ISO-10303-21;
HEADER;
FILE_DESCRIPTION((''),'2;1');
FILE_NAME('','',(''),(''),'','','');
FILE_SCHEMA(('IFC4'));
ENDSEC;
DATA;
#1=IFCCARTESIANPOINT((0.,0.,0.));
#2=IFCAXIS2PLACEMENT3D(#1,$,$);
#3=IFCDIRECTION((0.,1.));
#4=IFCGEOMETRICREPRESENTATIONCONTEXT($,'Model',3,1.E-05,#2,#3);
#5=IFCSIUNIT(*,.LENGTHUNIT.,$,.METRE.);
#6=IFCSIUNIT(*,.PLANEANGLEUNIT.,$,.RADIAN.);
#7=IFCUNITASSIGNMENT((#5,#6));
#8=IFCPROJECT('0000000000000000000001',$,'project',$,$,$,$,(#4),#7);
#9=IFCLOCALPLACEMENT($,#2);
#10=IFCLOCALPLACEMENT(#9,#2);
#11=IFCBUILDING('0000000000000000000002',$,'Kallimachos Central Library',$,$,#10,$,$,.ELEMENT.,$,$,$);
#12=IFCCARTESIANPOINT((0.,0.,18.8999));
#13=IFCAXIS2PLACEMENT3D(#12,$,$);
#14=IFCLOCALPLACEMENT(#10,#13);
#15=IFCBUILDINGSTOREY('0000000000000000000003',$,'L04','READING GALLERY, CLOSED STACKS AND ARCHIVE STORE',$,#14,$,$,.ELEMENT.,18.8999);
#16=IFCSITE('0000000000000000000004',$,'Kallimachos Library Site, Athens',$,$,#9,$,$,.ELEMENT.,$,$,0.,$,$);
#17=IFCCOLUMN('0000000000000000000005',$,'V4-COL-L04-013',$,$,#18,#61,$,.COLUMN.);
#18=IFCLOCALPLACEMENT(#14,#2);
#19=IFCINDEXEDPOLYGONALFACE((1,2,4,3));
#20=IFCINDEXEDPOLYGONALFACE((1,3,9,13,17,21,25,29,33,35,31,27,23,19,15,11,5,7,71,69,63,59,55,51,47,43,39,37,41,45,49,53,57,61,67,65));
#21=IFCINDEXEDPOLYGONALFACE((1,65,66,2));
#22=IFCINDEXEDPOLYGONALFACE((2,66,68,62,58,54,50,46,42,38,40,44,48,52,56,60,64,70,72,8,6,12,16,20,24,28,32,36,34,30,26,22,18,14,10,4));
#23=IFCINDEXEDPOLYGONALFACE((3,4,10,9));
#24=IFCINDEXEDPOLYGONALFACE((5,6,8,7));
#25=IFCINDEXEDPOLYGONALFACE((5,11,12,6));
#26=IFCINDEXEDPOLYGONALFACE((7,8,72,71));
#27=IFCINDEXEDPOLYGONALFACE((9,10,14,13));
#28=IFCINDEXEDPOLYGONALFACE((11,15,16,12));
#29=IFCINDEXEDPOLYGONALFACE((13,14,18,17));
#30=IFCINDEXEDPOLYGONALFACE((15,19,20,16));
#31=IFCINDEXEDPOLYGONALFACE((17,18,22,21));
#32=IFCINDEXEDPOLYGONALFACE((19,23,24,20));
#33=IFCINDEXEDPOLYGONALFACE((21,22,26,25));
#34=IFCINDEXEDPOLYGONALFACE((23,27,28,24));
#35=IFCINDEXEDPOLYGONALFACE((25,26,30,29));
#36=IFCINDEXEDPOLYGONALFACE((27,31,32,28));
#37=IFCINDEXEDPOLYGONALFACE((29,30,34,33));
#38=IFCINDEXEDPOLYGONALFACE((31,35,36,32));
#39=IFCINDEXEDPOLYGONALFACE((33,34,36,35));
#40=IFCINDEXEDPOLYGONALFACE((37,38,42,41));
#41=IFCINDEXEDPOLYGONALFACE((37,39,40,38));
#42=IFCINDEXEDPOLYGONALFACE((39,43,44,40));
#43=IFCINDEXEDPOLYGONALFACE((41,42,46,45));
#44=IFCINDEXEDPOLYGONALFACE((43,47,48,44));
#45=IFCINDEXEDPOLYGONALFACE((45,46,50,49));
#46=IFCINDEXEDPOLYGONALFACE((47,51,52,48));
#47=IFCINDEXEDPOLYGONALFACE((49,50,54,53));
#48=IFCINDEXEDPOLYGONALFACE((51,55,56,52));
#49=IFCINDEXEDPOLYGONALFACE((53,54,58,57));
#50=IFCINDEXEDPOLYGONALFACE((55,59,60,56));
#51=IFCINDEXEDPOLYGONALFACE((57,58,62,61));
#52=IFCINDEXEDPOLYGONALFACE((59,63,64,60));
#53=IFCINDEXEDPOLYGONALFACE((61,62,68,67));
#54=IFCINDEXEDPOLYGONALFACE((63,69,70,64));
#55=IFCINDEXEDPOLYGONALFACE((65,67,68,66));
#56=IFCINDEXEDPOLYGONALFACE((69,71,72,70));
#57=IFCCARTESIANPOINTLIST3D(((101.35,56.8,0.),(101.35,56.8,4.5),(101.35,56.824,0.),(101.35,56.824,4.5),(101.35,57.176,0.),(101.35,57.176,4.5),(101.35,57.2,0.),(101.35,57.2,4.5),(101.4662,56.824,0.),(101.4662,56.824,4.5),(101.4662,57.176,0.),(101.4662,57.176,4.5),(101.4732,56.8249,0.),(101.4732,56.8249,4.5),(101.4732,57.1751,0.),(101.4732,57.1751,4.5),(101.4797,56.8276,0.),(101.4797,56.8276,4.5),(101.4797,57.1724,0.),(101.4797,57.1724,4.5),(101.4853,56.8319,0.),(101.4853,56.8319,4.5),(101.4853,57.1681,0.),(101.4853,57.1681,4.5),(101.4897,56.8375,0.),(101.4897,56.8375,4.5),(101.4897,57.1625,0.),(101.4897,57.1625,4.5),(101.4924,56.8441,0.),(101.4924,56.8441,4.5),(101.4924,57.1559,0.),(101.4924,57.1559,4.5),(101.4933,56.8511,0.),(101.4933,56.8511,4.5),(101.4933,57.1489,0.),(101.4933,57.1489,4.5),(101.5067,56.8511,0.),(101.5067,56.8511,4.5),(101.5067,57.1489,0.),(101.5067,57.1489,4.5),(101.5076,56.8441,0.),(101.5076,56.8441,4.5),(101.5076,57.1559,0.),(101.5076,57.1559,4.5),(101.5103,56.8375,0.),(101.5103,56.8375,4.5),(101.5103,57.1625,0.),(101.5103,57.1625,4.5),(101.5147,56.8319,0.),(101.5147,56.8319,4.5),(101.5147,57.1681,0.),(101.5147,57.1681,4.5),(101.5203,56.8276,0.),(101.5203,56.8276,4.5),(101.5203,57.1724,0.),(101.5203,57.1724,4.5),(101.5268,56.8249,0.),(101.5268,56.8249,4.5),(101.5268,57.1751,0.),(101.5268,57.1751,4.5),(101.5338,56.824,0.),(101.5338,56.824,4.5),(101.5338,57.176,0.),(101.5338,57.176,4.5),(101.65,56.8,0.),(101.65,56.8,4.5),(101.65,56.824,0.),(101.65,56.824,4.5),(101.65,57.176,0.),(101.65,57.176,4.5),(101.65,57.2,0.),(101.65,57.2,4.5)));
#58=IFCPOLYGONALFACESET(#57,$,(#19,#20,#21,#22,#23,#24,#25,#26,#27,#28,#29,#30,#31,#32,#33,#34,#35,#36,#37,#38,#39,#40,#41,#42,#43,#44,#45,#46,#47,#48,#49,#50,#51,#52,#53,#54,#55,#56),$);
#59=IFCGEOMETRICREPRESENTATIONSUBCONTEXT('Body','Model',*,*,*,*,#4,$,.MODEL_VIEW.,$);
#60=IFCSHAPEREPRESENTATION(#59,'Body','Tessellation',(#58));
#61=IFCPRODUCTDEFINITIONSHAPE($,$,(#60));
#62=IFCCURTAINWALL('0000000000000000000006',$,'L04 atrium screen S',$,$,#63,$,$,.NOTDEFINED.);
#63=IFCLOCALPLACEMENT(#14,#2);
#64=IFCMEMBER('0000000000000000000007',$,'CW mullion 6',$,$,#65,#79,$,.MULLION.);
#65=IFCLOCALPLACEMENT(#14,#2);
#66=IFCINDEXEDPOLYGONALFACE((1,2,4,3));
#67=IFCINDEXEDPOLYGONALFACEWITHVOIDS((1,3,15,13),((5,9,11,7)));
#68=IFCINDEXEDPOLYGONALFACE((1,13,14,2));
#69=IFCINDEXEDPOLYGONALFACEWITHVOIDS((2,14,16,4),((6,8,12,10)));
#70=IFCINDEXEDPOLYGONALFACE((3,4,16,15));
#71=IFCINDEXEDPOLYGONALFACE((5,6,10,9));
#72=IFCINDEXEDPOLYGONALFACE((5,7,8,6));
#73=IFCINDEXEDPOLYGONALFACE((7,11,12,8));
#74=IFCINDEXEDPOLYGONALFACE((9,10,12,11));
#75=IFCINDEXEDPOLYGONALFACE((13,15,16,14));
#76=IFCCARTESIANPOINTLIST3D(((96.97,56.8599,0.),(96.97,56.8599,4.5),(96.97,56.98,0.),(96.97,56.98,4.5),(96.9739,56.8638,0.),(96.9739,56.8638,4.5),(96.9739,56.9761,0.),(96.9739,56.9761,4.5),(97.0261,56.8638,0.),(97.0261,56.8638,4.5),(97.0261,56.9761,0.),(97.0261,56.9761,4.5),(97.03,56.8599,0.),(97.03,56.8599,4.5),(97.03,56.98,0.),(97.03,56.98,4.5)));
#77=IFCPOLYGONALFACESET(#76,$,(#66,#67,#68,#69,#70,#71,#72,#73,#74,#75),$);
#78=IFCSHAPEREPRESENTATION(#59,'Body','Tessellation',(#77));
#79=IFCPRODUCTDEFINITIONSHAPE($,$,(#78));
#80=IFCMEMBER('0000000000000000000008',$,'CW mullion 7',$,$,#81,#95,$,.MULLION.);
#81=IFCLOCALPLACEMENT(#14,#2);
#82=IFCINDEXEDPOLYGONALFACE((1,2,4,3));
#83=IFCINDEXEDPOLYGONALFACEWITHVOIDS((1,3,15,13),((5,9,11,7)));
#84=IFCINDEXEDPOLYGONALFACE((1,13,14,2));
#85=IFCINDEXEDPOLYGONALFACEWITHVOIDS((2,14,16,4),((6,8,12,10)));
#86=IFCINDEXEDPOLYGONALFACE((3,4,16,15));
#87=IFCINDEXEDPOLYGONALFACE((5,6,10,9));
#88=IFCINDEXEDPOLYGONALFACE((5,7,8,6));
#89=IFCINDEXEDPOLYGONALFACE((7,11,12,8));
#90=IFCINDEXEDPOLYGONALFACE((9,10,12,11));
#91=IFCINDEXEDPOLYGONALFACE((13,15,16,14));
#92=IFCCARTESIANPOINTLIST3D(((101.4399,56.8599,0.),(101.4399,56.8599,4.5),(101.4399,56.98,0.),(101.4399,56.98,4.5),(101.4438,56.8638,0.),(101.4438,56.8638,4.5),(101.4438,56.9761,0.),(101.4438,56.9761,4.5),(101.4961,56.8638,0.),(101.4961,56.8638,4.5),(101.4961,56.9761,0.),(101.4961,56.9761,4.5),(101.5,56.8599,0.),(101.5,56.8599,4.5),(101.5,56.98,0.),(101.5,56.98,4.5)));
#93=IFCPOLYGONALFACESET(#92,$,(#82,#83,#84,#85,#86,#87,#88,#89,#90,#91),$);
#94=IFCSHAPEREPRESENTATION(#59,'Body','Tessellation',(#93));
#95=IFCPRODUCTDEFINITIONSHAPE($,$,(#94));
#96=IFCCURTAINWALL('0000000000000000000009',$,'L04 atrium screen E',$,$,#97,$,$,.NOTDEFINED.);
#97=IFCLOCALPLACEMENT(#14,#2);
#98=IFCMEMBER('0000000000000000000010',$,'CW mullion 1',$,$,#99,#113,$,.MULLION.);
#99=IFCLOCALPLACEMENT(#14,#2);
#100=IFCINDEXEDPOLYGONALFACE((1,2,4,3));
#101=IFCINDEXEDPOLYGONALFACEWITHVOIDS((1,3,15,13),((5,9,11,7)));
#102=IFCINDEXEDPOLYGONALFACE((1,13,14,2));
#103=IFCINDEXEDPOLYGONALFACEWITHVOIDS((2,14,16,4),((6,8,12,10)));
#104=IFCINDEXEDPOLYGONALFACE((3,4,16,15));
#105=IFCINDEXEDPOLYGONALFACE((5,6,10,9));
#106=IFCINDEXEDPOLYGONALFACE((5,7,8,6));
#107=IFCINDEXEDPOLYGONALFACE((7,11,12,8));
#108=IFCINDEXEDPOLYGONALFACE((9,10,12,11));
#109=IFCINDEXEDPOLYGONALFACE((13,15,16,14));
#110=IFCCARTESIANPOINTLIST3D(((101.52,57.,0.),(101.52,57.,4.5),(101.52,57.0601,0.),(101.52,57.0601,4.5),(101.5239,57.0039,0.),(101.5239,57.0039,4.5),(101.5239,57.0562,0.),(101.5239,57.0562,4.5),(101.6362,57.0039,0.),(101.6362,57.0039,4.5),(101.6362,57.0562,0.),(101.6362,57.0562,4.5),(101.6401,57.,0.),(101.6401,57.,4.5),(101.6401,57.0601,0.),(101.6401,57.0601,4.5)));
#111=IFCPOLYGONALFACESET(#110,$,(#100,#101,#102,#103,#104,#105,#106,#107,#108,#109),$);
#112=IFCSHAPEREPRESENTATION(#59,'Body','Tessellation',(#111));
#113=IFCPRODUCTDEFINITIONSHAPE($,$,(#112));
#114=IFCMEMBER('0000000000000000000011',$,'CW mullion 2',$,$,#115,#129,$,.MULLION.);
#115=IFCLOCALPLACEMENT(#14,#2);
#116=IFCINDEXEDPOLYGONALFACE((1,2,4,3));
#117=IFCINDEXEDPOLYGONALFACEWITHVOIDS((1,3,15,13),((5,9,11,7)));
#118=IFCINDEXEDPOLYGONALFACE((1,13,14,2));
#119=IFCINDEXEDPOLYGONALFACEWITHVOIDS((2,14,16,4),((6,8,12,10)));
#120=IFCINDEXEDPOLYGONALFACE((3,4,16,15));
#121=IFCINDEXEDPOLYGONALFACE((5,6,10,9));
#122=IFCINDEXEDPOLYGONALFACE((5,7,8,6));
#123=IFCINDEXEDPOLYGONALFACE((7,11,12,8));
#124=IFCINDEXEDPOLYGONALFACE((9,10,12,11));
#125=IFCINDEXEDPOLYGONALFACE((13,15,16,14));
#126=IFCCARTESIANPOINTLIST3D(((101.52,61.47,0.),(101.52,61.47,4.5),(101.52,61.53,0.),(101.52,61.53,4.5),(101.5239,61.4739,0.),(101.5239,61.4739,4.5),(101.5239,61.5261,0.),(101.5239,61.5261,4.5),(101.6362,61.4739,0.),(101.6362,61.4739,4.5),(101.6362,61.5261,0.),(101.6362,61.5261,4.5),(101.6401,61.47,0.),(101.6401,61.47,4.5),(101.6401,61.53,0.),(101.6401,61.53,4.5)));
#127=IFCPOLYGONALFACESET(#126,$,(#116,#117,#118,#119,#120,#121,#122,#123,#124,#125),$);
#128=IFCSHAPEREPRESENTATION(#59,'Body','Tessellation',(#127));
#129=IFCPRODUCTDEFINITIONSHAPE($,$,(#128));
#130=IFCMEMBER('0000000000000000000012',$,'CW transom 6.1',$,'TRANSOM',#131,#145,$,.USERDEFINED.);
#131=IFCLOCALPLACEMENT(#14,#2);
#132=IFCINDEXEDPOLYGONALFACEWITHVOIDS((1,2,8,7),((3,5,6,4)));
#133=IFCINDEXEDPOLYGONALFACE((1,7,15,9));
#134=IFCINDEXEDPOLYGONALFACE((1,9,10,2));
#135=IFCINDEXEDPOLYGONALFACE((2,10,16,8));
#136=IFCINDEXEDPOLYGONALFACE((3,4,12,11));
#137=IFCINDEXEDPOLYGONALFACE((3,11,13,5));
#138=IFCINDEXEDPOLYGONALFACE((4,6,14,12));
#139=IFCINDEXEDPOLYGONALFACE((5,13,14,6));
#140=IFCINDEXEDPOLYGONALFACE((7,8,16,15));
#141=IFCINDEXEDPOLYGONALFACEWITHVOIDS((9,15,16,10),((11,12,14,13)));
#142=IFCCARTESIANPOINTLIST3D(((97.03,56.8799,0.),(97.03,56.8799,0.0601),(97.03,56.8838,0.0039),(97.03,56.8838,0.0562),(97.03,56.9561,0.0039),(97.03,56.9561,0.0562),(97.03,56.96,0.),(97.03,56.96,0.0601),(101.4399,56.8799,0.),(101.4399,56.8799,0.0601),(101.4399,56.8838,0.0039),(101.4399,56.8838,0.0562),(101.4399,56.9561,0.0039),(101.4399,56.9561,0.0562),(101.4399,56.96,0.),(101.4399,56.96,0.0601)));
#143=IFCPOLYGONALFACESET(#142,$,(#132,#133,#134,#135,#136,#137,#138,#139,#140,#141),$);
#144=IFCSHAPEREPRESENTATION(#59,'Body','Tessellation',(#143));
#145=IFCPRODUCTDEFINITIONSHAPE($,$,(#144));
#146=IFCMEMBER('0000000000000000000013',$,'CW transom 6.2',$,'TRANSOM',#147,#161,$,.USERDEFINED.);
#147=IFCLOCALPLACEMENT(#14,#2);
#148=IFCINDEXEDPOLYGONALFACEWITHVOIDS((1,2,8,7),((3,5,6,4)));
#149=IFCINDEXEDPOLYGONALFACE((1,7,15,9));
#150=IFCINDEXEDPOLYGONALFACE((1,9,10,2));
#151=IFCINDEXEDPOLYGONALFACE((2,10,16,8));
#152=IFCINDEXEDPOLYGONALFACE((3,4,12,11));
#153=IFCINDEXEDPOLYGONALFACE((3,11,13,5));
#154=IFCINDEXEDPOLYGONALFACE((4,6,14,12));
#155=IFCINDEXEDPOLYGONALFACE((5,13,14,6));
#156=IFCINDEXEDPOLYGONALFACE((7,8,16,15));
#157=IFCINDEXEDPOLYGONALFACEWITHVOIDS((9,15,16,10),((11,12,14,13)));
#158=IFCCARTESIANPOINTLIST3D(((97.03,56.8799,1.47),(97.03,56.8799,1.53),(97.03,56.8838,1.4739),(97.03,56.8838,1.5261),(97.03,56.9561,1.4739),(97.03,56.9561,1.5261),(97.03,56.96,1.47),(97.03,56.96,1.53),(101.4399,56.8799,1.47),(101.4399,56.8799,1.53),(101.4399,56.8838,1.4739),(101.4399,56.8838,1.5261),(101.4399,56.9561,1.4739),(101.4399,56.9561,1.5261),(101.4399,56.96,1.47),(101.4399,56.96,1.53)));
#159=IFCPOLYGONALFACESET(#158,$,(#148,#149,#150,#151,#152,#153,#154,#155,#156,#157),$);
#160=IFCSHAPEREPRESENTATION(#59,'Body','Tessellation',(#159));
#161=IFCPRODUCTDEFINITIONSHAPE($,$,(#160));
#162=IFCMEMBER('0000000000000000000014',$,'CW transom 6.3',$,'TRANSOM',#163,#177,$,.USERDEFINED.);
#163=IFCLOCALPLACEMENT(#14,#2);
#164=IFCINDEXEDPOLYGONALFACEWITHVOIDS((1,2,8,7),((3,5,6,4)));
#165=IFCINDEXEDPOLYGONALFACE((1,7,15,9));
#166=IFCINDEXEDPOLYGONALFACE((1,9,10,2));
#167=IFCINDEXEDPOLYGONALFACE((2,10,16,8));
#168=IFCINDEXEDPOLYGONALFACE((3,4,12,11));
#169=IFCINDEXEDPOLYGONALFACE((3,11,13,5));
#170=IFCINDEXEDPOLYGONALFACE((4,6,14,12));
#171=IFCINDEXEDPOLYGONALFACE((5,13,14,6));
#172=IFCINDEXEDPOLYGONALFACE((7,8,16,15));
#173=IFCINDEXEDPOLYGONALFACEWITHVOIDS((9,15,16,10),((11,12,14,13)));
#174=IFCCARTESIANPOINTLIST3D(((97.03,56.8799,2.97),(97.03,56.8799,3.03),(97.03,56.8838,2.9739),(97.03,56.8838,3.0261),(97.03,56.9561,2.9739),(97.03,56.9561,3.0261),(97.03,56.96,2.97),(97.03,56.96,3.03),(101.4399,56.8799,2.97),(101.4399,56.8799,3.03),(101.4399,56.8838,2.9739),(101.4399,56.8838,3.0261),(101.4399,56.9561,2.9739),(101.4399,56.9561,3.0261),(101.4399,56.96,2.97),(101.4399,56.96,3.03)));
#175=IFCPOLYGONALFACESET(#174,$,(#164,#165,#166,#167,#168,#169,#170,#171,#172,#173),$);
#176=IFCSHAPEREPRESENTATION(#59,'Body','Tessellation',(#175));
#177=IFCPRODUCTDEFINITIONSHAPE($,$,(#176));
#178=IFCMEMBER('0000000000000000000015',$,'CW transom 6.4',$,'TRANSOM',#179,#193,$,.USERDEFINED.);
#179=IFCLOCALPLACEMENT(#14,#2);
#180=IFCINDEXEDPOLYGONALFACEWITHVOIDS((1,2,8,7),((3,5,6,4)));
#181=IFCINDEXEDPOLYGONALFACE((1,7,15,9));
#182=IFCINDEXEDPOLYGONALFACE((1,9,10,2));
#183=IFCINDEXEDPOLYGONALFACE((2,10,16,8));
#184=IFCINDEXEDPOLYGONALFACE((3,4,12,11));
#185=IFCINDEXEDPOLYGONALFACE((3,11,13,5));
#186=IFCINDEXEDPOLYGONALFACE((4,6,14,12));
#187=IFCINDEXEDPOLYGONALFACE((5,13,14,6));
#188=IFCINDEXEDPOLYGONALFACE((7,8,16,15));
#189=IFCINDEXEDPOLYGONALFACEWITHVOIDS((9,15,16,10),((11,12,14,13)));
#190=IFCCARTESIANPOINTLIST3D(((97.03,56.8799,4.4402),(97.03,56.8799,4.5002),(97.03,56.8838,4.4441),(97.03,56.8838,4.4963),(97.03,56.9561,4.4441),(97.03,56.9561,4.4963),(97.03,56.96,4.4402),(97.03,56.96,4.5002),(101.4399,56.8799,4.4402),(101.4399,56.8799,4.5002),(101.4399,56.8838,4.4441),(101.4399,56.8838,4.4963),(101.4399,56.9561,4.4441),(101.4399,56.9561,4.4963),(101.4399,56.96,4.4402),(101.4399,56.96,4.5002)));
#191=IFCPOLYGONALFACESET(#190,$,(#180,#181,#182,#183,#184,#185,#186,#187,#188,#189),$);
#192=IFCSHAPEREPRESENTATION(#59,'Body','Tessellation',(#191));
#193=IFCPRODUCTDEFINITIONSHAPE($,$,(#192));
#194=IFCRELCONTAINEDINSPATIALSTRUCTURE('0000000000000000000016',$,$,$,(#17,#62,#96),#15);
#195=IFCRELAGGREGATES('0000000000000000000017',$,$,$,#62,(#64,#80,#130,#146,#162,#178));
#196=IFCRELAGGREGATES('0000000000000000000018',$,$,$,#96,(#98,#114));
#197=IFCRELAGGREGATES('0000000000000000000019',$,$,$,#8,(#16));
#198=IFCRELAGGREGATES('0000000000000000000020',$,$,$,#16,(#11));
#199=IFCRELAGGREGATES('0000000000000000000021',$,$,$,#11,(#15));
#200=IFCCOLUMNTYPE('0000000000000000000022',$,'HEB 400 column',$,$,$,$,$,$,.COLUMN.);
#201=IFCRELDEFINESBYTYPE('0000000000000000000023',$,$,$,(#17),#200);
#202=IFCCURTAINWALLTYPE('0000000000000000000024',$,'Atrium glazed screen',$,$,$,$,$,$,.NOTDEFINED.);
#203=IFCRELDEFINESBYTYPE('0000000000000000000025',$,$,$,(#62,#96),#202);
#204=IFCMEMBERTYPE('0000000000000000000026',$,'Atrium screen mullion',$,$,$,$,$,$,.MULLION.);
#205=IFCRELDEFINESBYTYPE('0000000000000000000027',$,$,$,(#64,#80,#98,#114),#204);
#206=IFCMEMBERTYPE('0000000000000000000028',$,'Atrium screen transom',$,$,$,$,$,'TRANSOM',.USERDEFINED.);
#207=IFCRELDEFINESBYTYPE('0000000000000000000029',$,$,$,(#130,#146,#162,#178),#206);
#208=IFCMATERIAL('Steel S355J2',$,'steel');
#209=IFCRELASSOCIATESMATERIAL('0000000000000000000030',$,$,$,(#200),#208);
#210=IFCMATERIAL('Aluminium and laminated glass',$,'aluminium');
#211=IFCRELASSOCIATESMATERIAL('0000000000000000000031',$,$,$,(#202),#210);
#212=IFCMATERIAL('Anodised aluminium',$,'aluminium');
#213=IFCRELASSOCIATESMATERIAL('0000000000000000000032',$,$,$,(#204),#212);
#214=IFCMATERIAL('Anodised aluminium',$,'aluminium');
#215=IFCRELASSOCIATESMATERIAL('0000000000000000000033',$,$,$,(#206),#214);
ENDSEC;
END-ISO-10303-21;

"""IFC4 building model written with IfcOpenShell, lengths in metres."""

from ifc_helpers import new_model, si_unit, direction, frame, origin, origin_2d, place, context, subcontext, project, spatial, hollow_rectangle, i_section, extrude, material, material_profile, profile_set, type_object, element, aggregate, save


model = new_model("IFC4")

# Units and contexts
model_context = context("Model", 3, precision=1e-05, world=origin(), true_north=direction((0.0, 1.0)))
body_context = subcontext(model_context, "Body", "Model", "MODEL_VIEW")
ifc_project = project(units=[si_unit("LENGTHUNIT", "METRE"), si_unit("PLANEANGLEUNIT", "RADIAN")], contexts=[model_context])

# Site, building, storey
site_placement = place(None, origin())
site = spatial("IfcSite", under=ifc_project, at=site_placement, Name="Kallimachos Library Site, Athens", CompositionType="ELEMENT", RefElevation=0.0)
building_placement = place(site_placement, origin())
building = spatial("IfcBuilding", under=site, at=building_placement, Name="Kallimachos Central Library", CompositionType="ELEMENT")
storey_placement = place(building_placement, frame((0.0, 0.0, 18.8999)))
storey = spatial("IfcBuildingStorey", under=building, at=storey_placement, Name="L04", Description="READING GALLERY, CLOSED STACKS AND ARCHIVE STORE", CompositionType="ELEMENT", Elevation=18.8999)

# Column
ifc_material_1 = material(Name="Steel S355J2", Category="steel")
ifc_material_profile_1 = material_profile(ifc_material_1, i_section(OverallWidth=0.3, OverallDepth=0.3999, WebThickness=0.0134, FlangeThickness=0.0239, FilletRadius=0.0271, at=origin_2d()), Name="HEB 400")
ifc_profile_set_1 = profile_set([ifc_material_profile_1], Name="Steel S355J2")
column_type = type_object("IfcColumnType", Name="HEB 400 column", PredefinedType="COLUMN", material=ifc_profile_set_1)
column_placement = place(storey_placement, frame((101.5, 57.0, 0.0), z_axis=(0.0, 0.0, 1.0), x_axis=(1.0, 0.0, 0.0)))
element("IfcColumn", 1, at=column_placement, inside=storey, type_object=column_type, Name="V4-COL-L04-013", PredefinedType="COLUMN", context=body_context, shape_type="SweptSolid", body=[
    extrude(i_section(OverallWidth=0.3, OverallDepth=0.3999, WebThickness=0.0134, FlangeThickness=0.0239, FilletRadius=0.0271, at=origin_2d()), origin(), (0.0, 0.0, 1.0), 4.5),
])

# Curtain walls, members
ifc_material_2 = material(Name="Aluminium and laminated glass", Category="aluminium")
curtain_wall_type = type_object("IfcCurtainWallType", Name="Atrium glazed screen", PredefinedType="NOTDEFINED", material=ifc_material_2)
curtain_wall_1_placement = place(storey_placement, origin())
curtain_wall_1 = element("IfcCurtainWall", 2, at=curtain_wall_1_placement, inside=storey, type_object=curtain_wall_type, Name="L04 atrium screen S", PredefinedType="NOTDEFINED")
ifc_material_3 = material(Name="Anodised aluminium", Category="aluminium")
ifc_material_profile_2 = material_profile(ifc_material_3, hollow_rectangle(XDim=0.0601, YDim=0.1201, WallThickness=0.0039, at=origin_2d()), Name="ALU MULLION 60x120")
ifc_profile_set_2 = profile_set([ifc_material_profile_2], Name="Anodised aluminium")
member_type_1 = type_object("IfcMemberType", Name="Atrium screen mullion", PredefinedType="MULLION", material=ifc_profile_set_2)
member_1_placement = place(storey_placement, frame((97.0, 56.9199, 0.0), z_axis=(0.0, 0.0, 1.0), x_axis=(1.0, 0.0, 0.0)))
member_1 = element("IfcMember", 3, at=member_1_placement, type_object=member_type_1, Name="CW mullion 6", PredefinedType="MULLION", context=body_context, shape_type="SweptSolid", body=[
    extrude(hollow_rectangle(XDim=0.0601, YDim=0.1201, WallThickness=0.0039, at=origin_2d()), origin(), (0.0, 0.0, 1.0), 4.5),
])
member_2_placement = place(storey_placement, frame((101.47, 56.9199, 0.0), z_axis=(0.0, 0.0, 1.0), x_axis=(1.0, 0.0, 0.0)))
member_2 = element("IfcMember", 4, at=member_2_placement, type_object=member_type_1, Name="CW mullion 7", PredefinedType="MULLION", context=body_context, shape_type="SweptSolid", body=[
    extrude(hollow_rectangle(XDim=0.0601, YDim=0.1201, WallThickness=0.0039, at=origin_2d()), origin(), (0.0, 0.0, 1.0), 4.5),
])
curtain_wall_2_placement = place(storey_placement, origin())
curtain_wall_2 = element("IfcCurtainWall", 5, at=curtain_wall_2_placement, inside=storey, type_object=curtain_wall_type, Name="L04 atrium screen E", PredefinedType="NOTDEFINED")
member_3_placement = place(storey_placement, frame((101.5801, 57.03, 0.0), z_axis=(0.0, 0.0, 1.0), x_axis=(0.0, 1.0, 0.0)))
member_3 = element("IfcMember", 6, at=member_3_placement, type_object=member_type_1, Name="CW mullion 1", PredefinedType="MULLION", context=body_context, shape_type="SweptSolid", body=[
    extrude(hollow_rectangle(XDim=0.0601, YDim=0.1201, WallThickness=0.0039, at=origin_2d()), origin(), (0.0, 0.0, 1.0), 4.5),
])
member_4_placement = place(storey_placement, frame((101.5801, 61.5, 0.0), z_axis=(0.0, 0.0, 1.0), x_axis=(0.0, 1.0, 0.0)))
member_4 = element("IfcMember", 7, at=member_4_placement, type_object=member_type_1, Name="CW mullion 2", PredefinedType="MULLION", context=body_context, shape_type="SweptSolid", body=[
    extrude(hollow_rectangle(XDim=0.0601, YDim=0.1201, WallThickness=0.0039, at=origin_2d()), origin(), (0.0, 0.0, 1.0), 4.5),
])

# Members
ifc_material_4 = material(Name="Anodised aluminium", Category="aluminium")
ifc_material_profile_3 = material_profile(ifc_material_4, hollow_rectangle(XDim=0.0601, YDim=0.0801, WallThickness=0.0039, at=origin_2d()), Name="ALU TRANSOM 60x80")
ifc_profile_set_3 = profile_set([ifc_material_profile_3], Name="Anodised aluminium")
member_type_2 = type_object("IfcMemberType", Name="Atrium screen transom", ElementType="TRANSOM", PredefinedType="USERDEFINED", material=ifc_profile_set_3)
member_5_placement = place(storey_placement, frame((97.03, 56.9199, 0.03), z_axis=(1.0, 0.0, 0.0), x_axis=(0.0, 0.0, 1.0)))
member_5 = element("IfcMember", 8, at=member_5_placement, type_object=member_type_2, Name="CW transom 6.1", ObjectType="TRANSOM", PredefinedType="USERDEFINED", context=body_context, shape_type="SweptSolid", body=[
    extrude(hollow_rectangle(XDim=0.0601, YDim=0.0801, WallThickness=0.0039, at=origin_2d()), origin(), (0.0, 0.0, 1.0), 4.4099),
])
member_6_placement = place(storey_placement, frame((97.03, 56.9199, 1.5), z_axis=(1.0, 0.0, 0.0), x_axis=(0.0, 0.0, 1.0)))
member_6 = element("IfcMember", 9, at=member_6_placement, type_object=member_type_2, Name="CW transom 6.2", ObjectType="TRANSOM", PredefinedType="USERDEFINED", context=body_context, shape_type="SweptSolid", body=[
    extrude(hollow_rectangle(XDim=0.0601, YDim=0.0801, WallThickness=0.0039, at=origin_2d()), origin(), (0.0, 0.0, 1.0), 4.4099),
])
member_7_placement = place(storey_placement, frame((97.03, 56.9199, 3.0), z_axis=(1.0, 0.0, 0.0), x_axis=(0.0, 0.0, 1.0)))
member_7 = element("IfcMember", 10, at=member_7_placement, type_object=member_type_2, Name="CW transom 6.3", ObjectType="TRANSOM", PredefinedType="USERDEFINED", context=body_context, shape_type="SweptSolid", body=[
    extrude(hollow_rectangle(XDim=0.0601, YDim=0.0801, WallThickness=0.0039, at=origin_2d()), origin(), (0.0, 0.0, 1.0), 4.4099),
])
member_8_placement = place(storey_placement, frame((97.03, 56.9199, 4.4702), z_axis=(1.0, 0.0, 0.0), x_axis=(0.0, 0.0, 1.0)))
member_8 = element("IfcMember", 11, at=member_8_placement, type_object=member_type_2, Name="CW transom 6.4", ObjectType="TRANSOM", PredefinedType="USERDEFINED", context=body_context, shape_type="SweptSolid", body=[
    extrude(hollow_rectangle(XDim=0.0601, YDim=0.0801, WallThickness=0.0039, at=origin_2d()), origin(), (0.0, 0.0, 1.0), 4.4099),
])

aggregate(curtain_wall_1, [member_1, member_2, member_5, member_6, member_7, member_8])
aggregate(curtain_wall_2, [member_3, member_4])

save(model, "model.ifc")
